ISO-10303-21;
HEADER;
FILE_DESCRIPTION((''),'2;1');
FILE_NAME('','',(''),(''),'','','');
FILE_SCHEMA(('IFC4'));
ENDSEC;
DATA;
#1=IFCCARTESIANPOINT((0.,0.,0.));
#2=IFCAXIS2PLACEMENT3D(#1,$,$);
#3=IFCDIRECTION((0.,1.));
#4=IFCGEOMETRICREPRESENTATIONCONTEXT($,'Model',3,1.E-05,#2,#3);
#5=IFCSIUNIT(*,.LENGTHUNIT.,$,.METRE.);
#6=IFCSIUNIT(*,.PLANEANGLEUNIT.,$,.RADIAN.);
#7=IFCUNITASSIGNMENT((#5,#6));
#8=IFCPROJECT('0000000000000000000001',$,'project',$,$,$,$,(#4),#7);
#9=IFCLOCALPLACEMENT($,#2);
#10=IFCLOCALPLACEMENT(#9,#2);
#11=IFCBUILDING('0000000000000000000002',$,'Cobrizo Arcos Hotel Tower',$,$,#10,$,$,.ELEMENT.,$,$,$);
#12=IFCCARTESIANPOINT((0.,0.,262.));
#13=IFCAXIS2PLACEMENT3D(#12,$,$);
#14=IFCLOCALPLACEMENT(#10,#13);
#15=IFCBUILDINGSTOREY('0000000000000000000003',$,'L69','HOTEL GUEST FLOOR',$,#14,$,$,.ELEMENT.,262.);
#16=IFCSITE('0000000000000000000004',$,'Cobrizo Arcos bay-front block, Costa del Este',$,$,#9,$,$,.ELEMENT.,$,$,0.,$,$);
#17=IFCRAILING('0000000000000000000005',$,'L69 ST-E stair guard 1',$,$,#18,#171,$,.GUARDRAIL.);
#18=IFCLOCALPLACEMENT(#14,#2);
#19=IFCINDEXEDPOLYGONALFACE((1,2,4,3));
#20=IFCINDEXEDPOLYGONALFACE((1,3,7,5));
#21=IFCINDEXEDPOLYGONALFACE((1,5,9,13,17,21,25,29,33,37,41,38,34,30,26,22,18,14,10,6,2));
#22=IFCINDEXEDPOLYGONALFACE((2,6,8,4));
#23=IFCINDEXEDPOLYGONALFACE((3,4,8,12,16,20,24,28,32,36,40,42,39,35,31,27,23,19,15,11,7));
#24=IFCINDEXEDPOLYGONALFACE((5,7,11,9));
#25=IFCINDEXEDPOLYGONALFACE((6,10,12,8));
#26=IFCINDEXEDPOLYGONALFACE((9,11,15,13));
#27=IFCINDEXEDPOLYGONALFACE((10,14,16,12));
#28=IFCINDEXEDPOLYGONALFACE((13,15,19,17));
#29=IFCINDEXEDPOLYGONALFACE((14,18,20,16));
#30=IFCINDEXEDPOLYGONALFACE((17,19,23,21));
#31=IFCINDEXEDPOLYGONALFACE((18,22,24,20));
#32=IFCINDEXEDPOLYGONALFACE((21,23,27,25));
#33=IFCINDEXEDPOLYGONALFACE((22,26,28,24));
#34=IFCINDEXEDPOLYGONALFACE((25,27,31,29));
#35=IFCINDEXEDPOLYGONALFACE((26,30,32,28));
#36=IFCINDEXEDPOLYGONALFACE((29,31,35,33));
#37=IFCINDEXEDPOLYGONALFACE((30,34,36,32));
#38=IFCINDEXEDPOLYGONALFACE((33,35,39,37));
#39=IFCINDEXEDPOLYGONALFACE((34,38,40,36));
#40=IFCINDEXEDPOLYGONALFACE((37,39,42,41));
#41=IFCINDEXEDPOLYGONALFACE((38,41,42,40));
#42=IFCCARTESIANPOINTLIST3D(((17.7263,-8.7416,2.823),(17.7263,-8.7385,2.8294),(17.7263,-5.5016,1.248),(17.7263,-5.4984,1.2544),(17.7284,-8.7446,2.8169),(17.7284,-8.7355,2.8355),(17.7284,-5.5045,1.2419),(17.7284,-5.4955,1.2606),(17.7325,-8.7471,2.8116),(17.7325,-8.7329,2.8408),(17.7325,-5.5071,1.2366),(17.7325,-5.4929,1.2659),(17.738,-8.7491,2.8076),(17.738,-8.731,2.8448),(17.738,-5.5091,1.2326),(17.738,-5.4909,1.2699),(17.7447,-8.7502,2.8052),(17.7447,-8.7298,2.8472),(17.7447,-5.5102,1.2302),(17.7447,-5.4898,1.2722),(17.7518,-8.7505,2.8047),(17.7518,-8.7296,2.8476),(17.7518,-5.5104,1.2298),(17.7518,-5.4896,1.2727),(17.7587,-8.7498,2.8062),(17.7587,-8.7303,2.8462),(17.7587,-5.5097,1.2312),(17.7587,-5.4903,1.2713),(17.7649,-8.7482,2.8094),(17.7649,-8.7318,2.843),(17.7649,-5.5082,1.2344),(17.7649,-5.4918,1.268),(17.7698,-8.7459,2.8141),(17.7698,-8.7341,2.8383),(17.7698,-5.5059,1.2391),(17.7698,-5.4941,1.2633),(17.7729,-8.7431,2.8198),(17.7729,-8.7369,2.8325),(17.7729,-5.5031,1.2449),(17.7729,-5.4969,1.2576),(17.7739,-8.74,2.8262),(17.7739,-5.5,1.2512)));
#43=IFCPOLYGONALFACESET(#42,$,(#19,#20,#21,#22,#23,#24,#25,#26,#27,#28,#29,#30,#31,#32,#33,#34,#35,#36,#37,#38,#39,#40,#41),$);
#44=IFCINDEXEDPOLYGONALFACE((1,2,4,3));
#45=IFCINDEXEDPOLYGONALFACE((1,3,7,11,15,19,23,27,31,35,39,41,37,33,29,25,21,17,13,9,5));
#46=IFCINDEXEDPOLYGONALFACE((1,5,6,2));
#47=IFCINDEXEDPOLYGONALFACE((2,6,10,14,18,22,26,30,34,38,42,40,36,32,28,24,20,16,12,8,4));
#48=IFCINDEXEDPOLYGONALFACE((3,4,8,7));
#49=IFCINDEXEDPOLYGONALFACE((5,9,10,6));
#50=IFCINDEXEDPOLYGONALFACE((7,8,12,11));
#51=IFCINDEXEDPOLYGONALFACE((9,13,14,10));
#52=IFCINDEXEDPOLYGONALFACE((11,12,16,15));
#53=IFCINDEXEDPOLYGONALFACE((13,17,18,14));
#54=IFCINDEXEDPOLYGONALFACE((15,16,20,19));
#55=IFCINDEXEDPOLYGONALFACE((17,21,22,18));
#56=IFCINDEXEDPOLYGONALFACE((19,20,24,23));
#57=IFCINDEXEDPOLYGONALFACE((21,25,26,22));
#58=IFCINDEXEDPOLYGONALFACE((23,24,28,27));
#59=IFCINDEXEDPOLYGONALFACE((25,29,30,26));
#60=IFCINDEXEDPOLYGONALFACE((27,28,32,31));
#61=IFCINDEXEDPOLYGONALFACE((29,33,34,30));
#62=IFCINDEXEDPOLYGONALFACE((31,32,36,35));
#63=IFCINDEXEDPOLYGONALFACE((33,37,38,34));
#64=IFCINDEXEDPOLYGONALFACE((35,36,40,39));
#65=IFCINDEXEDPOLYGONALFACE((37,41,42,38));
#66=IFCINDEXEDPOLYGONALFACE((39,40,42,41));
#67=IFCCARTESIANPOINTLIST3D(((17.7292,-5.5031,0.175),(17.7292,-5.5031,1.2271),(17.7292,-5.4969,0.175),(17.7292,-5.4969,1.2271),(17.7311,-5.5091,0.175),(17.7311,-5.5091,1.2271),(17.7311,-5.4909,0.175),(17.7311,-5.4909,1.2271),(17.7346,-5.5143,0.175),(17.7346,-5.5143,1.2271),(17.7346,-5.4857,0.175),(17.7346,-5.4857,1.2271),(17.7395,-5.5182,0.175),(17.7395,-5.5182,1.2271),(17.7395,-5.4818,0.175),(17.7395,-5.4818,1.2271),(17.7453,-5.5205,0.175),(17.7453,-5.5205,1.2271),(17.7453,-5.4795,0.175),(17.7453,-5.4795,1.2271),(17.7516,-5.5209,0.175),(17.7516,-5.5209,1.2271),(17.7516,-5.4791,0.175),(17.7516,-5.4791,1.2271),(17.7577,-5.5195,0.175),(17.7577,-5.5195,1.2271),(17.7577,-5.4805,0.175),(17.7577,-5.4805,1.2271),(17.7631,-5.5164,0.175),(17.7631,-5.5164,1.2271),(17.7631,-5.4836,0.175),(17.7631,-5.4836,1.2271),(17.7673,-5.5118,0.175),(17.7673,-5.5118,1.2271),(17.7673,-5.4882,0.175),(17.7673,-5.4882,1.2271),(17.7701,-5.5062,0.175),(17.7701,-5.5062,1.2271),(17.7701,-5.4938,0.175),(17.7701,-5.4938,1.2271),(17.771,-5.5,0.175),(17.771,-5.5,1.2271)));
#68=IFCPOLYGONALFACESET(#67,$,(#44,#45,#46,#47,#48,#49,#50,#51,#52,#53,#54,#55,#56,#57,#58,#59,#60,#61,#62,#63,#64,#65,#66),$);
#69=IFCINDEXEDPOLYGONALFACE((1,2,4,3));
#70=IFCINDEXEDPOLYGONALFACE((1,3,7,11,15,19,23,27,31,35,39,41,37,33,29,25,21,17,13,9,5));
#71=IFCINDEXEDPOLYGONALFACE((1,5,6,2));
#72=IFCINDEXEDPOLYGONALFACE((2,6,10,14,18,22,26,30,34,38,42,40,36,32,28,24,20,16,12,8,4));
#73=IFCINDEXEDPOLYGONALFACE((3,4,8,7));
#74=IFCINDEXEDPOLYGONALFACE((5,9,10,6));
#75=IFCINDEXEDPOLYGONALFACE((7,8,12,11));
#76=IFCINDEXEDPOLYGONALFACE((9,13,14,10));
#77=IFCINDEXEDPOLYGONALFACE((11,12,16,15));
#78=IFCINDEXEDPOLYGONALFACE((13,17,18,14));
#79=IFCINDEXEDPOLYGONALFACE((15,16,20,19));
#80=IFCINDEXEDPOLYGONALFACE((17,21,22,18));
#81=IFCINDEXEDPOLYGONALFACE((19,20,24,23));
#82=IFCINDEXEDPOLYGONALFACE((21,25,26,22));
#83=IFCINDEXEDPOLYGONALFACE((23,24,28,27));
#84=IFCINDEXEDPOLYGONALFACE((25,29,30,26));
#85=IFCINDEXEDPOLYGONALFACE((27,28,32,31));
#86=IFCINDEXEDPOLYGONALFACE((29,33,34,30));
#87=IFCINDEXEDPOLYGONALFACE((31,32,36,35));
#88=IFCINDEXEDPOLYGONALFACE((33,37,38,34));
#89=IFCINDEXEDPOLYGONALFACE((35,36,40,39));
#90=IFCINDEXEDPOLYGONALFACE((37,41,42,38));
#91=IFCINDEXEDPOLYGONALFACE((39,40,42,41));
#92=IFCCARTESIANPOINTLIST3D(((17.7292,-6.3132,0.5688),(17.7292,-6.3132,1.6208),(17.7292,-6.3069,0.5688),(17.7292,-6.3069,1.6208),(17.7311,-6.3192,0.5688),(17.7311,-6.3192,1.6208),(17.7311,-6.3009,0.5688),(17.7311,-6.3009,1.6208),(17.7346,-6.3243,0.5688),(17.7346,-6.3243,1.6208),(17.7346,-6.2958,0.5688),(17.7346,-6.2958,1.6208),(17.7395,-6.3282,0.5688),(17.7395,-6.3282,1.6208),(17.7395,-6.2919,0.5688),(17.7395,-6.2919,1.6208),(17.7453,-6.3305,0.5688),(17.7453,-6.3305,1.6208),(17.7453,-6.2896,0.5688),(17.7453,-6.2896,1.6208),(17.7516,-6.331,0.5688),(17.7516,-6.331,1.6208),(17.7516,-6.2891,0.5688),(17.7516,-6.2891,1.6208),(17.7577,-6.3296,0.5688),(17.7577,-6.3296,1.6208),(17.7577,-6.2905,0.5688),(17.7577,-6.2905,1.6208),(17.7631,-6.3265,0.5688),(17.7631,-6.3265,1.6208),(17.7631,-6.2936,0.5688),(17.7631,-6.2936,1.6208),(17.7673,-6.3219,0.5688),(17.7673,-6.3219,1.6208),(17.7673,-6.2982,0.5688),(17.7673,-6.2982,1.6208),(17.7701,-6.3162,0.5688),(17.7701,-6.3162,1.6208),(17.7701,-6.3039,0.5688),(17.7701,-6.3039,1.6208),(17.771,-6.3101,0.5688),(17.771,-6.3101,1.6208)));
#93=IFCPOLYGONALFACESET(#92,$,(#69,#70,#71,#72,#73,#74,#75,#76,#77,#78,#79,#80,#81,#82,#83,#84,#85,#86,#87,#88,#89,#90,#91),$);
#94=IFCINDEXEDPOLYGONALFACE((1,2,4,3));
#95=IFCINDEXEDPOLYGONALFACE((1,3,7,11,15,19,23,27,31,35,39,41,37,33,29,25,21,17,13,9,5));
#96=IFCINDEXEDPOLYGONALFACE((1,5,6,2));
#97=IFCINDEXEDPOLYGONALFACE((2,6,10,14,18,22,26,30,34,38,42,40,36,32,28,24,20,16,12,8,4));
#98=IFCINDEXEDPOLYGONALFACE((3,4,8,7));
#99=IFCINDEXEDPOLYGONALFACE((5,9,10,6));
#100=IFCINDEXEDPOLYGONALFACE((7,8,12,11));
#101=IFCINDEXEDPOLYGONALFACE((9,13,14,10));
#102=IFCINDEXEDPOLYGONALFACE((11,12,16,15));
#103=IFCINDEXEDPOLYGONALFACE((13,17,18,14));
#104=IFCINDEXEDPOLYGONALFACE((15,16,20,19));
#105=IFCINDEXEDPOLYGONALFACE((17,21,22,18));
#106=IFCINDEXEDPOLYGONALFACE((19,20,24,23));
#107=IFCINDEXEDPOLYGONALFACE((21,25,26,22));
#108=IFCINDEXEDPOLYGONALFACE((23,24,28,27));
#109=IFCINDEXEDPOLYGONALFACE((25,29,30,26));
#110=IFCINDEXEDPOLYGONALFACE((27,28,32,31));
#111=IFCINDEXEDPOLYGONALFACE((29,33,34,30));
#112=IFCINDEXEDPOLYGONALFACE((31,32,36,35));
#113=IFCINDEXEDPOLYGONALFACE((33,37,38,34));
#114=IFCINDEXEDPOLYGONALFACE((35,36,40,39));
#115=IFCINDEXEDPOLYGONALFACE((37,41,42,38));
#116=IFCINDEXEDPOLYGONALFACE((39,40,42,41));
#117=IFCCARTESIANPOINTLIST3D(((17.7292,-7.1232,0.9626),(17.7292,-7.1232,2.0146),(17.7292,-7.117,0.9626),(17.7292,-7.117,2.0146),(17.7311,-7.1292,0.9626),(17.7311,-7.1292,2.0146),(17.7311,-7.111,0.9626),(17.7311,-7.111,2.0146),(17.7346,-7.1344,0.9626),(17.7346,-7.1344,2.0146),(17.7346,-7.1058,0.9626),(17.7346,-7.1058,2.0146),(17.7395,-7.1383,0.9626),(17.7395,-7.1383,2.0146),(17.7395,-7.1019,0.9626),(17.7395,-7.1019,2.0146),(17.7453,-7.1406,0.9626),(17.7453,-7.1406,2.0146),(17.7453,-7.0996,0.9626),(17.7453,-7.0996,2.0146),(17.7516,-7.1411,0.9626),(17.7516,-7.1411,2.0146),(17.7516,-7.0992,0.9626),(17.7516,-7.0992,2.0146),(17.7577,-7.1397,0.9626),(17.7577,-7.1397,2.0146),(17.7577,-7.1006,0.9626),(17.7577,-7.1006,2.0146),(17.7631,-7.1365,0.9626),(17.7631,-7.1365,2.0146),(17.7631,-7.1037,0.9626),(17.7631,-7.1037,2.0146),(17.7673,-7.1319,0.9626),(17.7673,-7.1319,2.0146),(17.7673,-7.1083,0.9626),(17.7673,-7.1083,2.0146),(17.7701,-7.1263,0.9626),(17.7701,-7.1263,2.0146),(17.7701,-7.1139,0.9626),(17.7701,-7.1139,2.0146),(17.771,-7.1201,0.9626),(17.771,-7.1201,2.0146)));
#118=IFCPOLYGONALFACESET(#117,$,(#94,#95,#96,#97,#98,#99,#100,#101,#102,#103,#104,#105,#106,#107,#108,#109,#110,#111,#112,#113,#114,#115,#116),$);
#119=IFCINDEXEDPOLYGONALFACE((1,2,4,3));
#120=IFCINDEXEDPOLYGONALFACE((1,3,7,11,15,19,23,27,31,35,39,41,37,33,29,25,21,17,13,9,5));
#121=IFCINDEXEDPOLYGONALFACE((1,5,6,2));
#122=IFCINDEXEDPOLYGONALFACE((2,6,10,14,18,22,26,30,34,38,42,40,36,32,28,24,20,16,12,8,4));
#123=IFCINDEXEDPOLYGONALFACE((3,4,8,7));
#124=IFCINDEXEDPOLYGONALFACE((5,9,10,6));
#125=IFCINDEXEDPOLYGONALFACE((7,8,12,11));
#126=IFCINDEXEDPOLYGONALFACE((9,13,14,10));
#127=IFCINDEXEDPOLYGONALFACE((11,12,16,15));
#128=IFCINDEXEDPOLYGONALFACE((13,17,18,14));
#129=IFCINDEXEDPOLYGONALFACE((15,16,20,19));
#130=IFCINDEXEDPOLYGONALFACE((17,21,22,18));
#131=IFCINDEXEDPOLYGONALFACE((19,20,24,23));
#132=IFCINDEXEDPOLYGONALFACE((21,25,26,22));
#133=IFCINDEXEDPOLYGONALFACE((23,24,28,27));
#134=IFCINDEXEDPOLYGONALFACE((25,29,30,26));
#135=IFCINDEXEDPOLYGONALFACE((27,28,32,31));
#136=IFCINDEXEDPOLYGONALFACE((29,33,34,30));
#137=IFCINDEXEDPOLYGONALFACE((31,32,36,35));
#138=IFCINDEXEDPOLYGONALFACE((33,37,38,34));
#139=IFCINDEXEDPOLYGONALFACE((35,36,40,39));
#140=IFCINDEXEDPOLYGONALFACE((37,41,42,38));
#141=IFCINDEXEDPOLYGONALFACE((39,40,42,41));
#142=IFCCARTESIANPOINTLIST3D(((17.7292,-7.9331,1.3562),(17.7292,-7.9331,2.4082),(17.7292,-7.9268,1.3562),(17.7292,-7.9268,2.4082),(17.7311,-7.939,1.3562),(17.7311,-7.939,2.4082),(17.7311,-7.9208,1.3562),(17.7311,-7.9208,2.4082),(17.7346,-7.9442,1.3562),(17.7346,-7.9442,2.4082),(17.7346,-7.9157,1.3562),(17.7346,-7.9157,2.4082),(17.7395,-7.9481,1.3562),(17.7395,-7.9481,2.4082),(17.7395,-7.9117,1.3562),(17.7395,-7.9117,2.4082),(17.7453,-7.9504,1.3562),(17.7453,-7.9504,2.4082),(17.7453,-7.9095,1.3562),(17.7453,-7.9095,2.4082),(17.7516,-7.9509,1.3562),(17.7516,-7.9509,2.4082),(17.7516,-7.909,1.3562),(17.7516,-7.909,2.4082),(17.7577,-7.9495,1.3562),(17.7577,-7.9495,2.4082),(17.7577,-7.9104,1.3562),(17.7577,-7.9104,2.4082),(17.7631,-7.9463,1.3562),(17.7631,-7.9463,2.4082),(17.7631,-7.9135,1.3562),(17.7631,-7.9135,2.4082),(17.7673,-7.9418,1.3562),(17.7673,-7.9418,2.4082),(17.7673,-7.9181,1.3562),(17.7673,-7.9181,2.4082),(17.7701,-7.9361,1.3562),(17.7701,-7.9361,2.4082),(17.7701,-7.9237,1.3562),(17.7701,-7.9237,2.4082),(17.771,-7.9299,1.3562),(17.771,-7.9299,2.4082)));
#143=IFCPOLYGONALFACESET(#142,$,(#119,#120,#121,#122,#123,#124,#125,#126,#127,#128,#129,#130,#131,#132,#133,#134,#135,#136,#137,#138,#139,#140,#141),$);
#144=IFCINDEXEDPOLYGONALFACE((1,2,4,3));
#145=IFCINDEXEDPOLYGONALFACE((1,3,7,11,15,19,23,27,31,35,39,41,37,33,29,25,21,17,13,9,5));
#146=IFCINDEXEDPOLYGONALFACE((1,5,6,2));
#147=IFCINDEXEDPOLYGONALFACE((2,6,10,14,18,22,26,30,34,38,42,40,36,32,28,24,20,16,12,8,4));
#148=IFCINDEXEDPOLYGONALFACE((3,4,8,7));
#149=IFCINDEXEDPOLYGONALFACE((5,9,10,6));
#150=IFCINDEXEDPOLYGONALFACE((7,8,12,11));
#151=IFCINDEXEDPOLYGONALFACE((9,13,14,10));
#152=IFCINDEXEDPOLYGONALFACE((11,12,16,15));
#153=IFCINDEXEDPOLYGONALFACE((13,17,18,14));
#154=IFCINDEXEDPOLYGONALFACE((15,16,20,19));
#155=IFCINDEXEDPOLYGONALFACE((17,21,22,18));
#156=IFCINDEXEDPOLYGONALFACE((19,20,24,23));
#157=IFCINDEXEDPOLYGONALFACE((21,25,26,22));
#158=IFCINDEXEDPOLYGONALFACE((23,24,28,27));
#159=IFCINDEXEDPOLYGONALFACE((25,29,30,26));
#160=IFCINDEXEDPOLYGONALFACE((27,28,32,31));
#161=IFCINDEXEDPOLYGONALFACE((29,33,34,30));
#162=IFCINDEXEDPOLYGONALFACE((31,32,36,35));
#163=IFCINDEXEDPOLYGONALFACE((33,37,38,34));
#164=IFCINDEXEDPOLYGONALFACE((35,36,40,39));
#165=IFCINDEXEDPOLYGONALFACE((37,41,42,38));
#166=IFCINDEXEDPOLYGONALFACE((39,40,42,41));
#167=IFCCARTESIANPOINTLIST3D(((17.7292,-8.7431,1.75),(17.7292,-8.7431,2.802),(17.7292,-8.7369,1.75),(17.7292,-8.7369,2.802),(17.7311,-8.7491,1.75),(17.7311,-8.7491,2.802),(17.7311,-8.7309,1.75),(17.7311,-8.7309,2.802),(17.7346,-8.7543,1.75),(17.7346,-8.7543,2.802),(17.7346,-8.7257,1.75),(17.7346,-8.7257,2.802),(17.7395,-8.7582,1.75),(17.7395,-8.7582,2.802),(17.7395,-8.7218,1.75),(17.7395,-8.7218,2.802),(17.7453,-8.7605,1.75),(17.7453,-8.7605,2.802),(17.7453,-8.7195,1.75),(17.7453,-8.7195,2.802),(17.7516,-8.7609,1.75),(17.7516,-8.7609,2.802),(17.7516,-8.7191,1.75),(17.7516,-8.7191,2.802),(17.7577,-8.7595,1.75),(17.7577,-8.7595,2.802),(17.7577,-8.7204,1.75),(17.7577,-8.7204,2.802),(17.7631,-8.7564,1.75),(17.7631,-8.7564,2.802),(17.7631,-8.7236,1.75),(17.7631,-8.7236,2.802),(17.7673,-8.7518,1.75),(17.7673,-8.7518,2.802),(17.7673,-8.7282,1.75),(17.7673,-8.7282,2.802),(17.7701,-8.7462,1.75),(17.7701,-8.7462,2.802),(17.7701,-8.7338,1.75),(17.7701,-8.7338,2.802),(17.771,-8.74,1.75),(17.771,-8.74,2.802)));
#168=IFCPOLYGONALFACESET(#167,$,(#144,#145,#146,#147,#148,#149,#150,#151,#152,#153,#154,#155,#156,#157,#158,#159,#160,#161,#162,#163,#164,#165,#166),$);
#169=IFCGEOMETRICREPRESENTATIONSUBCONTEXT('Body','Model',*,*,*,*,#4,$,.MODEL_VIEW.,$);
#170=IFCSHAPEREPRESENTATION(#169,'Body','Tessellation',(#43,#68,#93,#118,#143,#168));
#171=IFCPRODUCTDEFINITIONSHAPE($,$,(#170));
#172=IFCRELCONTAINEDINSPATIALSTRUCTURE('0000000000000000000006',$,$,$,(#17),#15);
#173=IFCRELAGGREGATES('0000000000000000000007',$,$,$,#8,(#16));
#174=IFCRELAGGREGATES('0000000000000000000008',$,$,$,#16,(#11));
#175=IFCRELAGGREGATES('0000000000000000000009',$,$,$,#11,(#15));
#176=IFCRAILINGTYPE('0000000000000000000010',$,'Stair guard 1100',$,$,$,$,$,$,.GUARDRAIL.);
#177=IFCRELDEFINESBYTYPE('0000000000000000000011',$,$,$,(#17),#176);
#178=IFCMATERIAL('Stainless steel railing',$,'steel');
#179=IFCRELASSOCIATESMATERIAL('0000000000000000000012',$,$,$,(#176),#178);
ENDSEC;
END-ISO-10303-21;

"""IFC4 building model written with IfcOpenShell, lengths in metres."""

from ifc_helpers import new_model, si_unit, direction, frame, origin, origin_2d, place, context, subcontext, project, spatial, circle, extrude, material, type_object, element, save


model = new_model("IFC4")

# Units and contexts
model_context = context("Model", 3, precision=1e-05, world=origin(), true_north=direction((0.0, 1.0)))
body_context = subcontext(model_context, "Body", "Model", "MODEL_VIEW")
ifc_project = project(units=[si_unit("LENGTHUNIT", "METRE"), si_unit("PLANEANGLEUNIT", "RADIAN")], contexts=[model_context])

# Site, building, storey
site_placement = place(None, origin())
site = spatial("IfcSite", under=ifc_project, at=site_placement, Name="Cobrizo Arcos bay-front block, Costa del Este", CompositionType="ELEMENT", RefElevation=0.0)
building_placement = place(site_placement, origin())
building = spatial("IfcBuilding", under=site, at=building_placement, Name="Cobrizo Arcos Hotel Tower", CompositionType="ELEMENT")
storey_placement = place(building_placement, frame((0.0, 0.0, 262.0)))
storey = spatial("IfcBuildingStorey", under=building, at=storey_placement, Name="L69", Description="HOTEL GUEST FLOOR", CompositionType="ELEMENT", Elevation=262.0)

# Railing
ifc_material_1 = material(Name="Stainless steel railing", Category="steel")
railing_type_1 = type_object("IfcRailingType", Name="Stair guard 1100", PredefinedType="GUARDRAIL", material=ifc_material_1)
railing_1_placement = place(storey_placement, frame((17.75, -5.5, 0.175)))
element("IfcRailing", 1, at=railing_1_placement, inside=storey, type_object=railing_type_1, Name="L69 ST-E stair guard 1", PredefinedType="GUARDRAIL", context=body_context, shape_type="SweptSolid", body=[
    extrude(circle(Radius=0.0239, at=origin_2d()), frame((0.0, 0.0, 1.0762), z_axis=(0.0, -0.899373, 0.437183), x_axis=(1.0, 0.0, 0.0)), (0.0, 0.0, 1.0), 3.6025),
    extrude(circle(Radius=0.021, at=origin_2d()), origin(), (0.0, 0.0, 1.0), 1.052),
    extrude(circle(Radius=0.021, at=origin_2d()), frame((0.0, -0.8101, 0.3938)), (0.0, 0.0, 1.0), 1.052),
    extrude(circle(Radius=0.021, at=origin_2d()), frame((0.0, -1.6201, 0.7876)), (0.0, 0.0, 1.0), 1.052),
    extrude(circle(Radius=0.021, at=origin_2d()), frame((0.0, -2.4299, 1.1812)), (0.0, 0.0, 1.0), 1.052),
    extrude(circle(Radius=0.021, at=origin_2d()), frame((0.0, -3.24, 1.575)), (0.0, 0.0, 1.0), 1.052),
])

save(model, "model.ifc")
